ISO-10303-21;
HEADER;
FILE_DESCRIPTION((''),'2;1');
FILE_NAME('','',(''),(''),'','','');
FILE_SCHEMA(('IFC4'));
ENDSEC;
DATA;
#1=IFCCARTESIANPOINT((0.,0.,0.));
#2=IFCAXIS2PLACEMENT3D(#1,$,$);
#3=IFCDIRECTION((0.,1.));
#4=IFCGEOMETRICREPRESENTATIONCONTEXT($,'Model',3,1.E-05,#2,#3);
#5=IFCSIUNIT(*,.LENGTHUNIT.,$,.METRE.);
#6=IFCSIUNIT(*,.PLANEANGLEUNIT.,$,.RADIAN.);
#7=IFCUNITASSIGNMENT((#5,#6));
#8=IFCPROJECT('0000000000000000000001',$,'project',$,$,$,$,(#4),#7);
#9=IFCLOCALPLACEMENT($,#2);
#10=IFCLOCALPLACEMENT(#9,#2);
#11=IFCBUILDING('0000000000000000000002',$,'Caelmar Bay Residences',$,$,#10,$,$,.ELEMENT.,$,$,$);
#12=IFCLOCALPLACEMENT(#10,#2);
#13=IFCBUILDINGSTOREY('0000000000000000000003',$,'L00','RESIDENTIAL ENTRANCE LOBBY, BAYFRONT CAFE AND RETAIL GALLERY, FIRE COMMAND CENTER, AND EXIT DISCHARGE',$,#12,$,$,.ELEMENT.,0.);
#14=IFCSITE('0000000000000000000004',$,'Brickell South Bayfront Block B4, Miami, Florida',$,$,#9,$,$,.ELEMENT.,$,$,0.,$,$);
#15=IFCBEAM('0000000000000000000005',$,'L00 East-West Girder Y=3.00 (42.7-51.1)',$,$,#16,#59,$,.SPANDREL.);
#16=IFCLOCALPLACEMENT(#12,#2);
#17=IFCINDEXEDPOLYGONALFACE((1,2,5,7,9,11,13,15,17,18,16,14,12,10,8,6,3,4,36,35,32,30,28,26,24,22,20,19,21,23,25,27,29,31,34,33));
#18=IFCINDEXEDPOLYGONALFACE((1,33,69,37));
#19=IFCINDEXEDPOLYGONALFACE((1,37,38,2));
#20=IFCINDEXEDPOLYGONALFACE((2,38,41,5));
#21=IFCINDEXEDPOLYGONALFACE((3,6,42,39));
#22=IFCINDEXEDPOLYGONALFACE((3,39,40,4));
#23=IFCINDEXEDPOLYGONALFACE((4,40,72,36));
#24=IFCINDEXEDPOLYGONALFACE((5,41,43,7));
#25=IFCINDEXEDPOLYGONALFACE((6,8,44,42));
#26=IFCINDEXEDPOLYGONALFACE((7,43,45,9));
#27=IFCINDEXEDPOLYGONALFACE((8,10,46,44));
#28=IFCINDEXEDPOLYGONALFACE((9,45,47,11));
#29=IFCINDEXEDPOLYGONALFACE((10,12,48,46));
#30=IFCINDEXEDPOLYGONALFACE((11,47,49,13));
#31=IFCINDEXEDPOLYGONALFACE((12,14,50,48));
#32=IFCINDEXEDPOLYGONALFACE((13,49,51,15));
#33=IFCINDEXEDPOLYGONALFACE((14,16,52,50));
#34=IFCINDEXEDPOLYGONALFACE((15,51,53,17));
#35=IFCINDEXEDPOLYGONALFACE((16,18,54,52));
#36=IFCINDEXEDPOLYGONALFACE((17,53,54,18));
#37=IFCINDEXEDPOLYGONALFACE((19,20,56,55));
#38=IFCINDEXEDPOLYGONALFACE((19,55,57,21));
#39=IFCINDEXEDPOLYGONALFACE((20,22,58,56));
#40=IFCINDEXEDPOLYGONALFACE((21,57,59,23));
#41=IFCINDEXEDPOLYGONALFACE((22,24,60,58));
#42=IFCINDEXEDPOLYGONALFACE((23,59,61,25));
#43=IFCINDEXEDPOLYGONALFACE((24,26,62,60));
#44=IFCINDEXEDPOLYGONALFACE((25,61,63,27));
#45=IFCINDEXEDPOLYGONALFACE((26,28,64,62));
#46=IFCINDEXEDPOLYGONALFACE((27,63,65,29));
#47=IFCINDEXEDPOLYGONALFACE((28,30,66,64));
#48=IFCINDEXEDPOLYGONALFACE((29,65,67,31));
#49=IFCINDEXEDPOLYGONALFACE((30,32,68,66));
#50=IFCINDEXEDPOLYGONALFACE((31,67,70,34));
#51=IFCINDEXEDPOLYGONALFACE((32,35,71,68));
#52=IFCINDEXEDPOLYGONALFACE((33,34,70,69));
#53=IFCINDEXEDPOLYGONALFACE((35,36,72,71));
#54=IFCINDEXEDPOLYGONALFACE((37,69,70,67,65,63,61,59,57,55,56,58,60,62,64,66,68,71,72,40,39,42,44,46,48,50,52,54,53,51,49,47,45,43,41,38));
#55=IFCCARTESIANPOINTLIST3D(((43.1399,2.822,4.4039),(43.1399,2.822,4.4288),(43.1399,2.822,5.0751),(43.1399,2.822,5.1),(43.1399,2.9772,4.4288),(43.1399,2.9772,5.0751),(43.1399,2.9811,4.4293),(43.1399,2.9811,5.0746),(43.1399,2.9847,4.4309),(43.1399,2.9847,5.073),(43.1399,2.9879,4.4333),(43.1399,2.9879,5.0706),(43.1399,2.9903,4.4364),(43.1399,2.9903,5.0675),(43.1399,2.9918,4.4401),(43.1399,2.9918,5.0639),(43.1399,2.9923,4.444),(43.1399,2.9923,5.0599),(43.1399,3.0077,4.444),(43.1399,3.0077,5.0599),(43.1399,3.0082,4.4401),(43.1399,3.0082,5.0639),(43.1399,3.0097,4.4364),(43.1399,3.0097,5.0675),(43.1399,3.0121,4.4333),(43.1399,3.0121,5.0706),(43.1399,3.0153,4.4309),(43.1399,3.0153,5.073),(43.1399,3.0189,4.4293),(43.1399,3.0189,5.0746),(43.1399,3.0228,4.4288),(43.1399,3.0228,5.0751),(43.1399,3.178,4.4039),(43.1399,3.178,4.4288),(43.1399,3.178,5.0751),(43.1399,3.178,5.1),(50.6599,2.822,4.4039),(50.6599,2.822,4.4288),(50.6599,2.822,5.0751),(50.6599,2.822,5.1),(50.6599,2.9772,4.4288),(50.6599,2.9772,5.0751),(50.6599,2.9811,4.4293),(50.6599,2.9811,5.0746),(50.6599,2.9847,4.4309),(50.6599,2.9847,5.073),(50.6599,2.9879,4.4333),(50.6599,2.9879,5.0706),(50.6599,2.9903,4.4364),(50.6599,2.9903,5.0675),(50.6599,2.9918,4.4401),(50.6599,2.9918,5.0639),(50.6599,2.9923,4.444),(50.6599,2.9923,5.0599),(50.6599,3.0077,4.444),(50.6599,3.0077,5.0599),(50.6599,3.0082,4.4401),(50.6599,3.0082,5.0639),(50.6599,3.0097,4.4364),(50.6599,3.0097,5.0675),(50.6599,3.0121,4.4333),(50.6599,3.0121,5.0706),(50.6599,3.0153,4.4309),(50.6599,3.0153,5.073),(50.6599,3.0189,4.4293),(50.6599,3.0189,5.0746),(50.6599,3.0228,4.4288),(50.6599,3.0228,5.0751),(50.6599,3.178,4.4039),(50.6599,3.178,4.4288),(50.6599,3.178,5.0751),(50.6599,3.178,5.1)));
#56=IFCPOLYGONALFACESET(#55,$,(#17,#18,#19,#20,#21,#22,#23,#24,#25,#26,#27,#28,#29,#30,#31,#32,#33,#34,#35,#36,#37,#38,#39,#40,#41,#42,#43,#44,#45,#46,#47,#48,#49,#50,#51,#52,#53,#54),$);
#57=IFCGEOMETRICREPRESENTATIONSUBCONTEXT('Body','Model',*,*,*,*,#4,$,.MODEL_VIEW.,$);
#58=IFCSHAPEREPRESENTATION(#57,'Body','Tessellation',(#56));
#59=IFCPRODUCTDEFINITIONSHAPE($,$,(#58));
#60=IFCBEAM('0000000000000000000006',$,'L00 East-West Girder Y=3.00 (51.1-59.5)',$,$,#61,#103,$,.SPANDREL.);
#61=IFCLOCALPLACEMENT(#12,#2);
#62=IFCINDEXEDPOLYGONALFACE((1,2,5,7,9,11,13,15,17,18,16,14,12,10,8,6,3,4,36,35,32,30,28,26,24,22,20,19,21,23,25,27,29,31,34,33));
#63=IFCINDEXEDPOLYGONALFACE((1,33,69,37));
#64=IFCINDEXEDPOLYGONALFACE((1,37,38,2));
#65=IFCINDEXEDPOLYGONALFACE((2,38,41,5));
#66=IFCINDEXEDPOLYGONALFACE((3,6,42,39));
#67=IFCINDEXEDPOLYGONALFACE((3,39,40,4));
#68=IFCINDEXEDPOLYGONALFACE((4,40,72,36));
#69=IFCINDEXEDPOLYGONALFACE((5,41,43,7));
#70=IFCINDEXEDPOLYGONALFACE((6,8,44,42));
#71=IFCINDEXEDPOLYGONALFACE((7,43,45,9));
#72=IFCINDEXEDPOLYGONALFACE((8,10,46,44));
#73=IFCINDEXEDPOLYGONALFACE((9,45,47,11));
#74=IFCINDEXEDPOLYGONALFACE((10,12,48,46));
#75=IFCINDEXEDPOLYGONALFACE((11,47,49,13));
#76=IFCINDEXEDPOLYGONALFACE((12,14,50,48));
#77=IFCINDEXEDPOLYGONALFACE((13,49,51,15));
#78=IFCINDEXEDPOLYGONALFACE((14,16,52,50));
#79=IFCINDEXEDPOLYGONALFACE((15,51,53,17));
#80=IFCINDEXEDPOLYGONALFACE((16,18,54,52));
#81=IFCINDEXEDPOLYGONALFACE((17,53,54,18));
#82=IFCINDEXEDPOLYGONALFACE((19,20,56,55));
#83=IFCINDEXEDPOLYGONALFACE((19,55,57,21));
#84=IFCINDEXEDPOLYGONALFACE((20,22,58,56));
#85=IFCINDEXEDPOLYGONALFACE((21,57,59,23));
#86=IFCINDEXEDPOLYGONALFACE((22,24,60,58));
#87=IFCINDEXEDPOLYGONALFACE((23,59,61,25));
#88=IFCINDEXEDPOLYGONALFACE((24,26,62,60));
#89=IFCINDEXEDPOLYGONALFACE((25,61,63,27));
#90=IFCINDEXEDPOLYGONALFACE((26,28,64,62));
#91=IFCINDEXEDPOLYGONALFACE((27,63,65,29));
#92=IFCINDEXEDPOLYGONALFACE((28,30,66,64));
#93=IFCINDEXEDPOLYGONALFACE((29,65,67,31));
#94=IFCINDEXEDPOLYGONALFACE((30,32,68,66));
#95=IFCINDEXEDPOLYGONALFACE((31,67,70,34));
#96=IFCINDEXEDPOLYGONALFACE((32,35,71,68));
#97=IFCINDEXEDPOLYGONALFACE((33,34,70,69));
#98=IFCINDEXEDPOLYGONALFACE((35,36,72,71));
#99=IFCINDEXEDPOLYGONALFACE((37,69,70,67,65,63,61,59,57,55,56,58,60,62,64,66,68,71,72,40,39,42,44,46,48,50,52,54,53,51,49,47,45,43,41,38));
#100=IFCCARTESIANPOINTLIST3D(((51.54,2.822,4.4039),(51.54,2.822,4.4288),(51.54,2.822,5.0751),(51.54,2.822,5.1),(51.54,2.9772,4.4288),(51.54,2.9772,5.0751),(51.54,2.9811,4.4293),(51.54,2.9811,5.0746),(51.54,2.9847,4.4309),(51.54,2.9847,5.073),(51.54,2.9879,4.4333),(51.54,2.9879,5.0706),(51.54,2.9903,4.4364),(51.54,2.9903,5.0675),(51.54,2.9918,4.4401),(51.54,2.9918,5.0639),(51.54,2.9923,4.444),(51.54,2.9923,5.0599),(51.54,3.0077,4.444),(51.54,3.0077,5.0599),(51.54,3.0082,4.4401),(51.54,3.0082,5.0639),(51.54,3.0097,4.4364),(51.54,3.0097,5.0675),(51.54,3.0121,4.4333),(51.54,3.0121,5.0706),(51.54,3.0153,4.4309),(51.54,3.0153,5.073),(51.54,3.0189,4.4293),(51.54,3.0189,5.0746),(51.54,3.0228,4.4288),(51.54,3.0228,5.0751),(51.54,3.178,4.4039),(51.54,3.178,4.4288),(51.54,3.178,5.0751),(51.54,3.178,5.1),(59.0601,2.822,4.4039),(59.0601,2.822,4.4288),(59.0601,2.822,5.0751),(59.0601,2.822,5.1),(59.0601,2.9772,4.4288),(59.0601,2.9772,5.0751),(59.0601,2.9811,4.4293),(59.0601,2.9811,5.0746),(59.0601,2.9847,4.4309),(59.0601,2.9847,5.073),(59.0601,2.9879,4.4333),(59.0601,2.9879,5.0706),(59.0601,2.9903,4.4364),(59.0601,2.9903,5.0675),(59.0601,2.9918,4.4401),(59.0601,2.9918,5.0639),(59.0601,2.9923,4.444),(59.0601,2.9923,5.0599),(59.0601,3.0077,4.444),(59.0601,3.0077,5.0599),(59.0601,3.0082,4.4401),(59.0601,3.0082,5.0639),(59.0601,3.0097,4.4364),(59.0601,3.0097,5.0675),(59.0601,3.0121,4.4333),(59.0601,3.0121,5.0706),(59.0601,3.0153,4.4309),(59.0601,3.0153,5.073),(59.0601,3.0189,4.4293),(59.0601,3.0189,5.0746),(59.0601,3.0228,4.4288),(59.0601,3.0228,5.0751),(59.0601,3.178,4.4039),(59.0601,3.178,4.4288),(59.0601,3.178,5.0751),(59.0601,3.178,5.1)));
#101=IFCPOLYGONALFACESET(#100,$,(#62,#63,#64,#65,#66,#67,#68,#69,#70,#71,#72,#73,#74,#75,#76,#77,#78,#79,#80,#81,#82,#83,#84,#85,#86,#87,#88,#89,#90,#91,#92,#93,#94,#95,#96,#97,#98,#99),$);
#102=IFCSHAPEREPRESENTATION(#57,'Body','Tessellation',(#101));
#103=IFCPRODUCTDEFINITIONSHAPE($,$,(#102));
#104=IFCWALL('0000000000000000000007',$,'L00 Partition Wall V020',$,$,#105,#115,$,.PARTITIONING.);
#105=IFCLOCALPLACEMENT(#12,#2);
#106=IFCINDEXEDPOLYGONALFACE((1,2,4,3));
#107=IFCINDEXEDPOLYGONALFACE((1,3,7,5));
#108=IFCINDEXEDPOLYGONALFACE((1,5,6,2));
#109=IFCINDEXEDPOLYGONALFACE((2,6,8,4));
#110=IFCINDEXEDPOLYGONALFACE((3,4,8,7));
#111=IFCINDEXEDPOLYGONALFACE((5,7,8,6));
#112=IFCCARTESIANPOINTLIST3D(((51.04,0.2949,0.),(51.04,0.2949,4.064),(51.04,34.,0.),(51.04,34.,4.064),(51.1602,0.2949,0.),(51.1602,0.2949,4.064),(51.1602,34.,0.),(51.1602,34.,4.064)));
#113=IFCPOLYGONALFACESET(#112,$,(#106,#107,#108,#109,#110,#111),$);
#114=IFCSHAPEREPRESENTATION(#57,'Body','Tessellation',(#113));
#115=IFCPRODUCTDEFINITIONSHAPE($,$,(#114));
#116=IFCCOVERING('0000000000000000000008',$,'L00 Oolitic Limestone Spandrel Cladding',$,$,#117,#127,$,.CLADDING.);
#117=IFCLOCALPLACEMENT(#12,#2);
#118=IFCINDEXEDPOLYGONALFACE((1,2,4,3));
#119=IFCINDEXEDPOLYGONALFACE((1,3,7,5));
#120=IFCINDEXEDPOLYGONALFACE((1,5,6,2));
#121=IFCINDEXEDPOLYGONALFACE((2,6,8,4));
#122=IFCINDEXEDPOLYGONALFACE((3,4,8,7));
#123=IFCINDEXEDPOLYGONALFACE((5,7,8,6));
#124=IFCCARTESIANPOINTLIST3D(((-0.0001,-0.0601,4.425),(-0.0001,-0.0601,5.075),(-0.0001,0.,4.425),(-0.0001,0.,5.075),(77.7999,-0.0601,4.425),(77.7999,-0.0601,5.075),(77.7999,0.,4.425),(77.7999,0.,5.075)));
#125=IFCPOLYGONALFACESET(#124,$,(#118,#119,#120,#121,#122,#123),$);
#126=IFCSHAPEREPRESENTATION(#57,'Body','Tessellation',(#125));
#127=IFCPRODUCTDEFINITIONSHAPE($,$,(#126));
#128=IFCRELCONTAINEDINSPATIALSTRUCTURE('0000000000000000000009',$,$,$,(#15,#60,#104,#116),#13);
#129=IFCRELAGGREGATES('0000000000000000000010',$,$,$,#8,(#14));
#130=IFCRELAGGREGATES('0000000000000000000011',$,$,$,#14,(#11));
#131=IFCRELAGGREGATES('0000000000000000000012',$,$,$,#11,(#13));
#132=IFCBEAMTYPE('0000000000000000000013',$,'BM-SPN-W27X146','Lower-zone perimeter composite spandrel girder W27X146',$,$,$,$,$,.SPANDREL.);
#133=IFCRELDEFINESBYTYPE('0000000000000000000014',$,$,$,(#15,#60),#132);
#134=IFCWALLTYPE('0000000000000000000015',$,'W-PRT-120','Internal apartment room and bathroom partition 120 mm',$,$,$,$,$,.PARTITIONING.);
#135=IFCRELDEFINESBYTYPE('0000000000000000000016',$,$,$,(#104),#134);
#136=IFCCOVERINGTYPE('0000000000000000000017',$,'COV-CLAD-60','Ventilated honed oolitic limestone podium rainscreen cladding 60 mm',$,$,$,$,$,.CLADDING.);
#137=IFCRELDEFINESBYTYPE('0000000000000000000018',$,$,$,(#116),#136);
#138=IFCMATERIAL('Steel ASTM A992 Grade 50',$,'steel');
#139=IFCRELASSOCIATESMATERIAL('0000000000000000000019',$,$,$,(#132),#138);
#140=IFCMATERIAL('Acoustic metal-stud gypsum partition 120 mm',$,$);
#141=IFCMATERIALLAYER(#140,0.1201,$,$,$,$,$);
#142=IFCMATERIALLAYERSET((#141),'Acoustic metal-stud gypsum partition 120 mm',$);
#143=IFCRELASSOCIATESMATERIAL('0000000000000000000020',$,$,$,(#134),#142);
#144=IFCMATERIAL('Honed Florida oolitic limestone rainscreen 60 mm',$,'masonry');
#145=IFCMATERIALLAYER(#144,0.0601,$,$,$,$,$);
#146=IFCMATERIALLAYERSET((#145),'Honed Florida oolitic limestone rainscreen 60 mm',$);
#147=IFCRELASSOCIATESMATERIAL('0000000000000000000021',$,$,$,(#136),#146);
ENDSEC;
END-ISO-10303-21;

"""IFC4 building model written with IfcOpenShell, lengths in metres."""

from ifc_helpers import new_model, si_unit, direction, frame, frame_2d, origin, origin_2d, place, context, subcontext, project, spatial, rectangle, i_section, extrude, material, layer, layer_set, material_profile, profile_set, type_object, element, save


model = new_model("IFC4")

# Units and contexts
model_context = context("Model", 3, precision=1e-05, world=origin(), true_north=direction((0.0, 1.0)))
body_context = subcontext(model_context, "Body", "Model", "MODEL_VIEW")
ifc_project = project(units=[si_unit("LENGTHUNIT", "METRE"), si_unit("PLANEANGLEUNIT", "RADIAN")], contexts=[model_context])

# Site, building, storey
site_placement = place(None, origin())
site = spatial("IfcSite", under=ifc_project, at=site_placement, Name="Brickell South Bayfront Block B4, Miami, Florida", CompositionType="ELEMENT", RefElevation=0.0)
building_placement = place(site_placement, origin())
building = spatial("IfcBuilding", under=site, at=building_placement, Name="Caelmar Bay Residences", CompositionType="ELEMENT")
storey_placement = place(building_placement, origin())
storey = spatial("IfcBuildingStorey", under=building, at=storey_placement, Name="L00", Description="RESIDENTIAL ENTRANCE LOBBY, BAYFRONT CAFE AND RETAIL GALLERY, FIRE COMMAND CENTER, AND EXIT DISCHARGE", CompositionType="ELEMENT", Elevation=0.0)

# Beams
ifc_material_1 = material(Name="Steel ASTM A992 Grade 50", Category="steel")
ifc_material_profile_1 = material_profile(ifc_material_1, i_section(OverallWidth=0.356, OverallDepth=0.696, WebThickness=0.0154, FlangeThickness=0.0249, FilletRadius=0.0151, at=origin_2d()), Name="W27X146")
ifc_profile_set_1 = profile_set([ifc_material_profile_1], Name="Steel ASTM A992 Grade 50")
beam_type_1 = type_object("IfcBeamType", Name="BM-SPN-W27X146", Description="Lower-zone perimeter composite spandrel girder W27X146", PredefinedType="SPANDREL", material=ifc_profile_set_1)
for number, where, z_axis, x_axis, name in (
    (1, (43.1399, 3.0, 4.752), (1.0, 0.0, 0.0), (0.0, 1.0, 0.0), "L00 East-West Girder Y=3.00 (42.7-51.1)"),
    (2, (51.54, 3.0, 4.752), (1.0, 0.0, 0.0), (0.0, 1.0, 0.0), "L00 East-West Girder Y=3.00 (51.1-59.5)"),
):
    element("IfcBeam", number, at=place(storey_placement, frame(where, z_axis=z_axis, x_axis=x_axis)), inside=storey, type_object=beam_type_1, Name=name, PredefinedType="SPANDREL", context=body_context, shape_type="SweptSolid", body=[
        extrude(i_section(OverallWidth=0.356, OverallDepth=0.696, WebThickness=0.0154, FlangeThickness=0.0249, FilletRadius=0.0151, at=origin_2d()), origin(), (0.0, 0.0, 1.0), 7.52),
    ])

# Wall
ifc_material_2 = material(Name="Acoustic metal-stud gypsum partition 120 mm")
ifc_layer_1 = layer(ifc_material_2, 0.1201)
ifc_layer_set_1 = layer_set([ifc_layer_1], Name="Acoustic metal-stud gypsum partition 120 mm")
wall_type = type_object("IfcWallType", Name="W-PRT-120", Description="Internal apartment room and bathroom partition 120 mm", PredefinedType="PARTITIONING", material=ifc_layer_set_1)
wall_placement = place(storey_placement, frame((51.1001, 0.2949, 0.0), z_axis=(0.0, 0.0, 1.0), x_axis=(0.0, 1.0, 0.0)))
element("IfcWall", 3, at=wall_placement, inside=storey, type_object=wall_type, Name="L00 Partition Wall V020", PredefinedType="PARTITIONING", context=body_context, shape_type="SweptSolid", body=[
    extrude(rectangle(XDim=33.7051, YDim=0.1201, at=frame_2d((16.8525, 0.0))), origin(), (0.0, 0.0, 1.0), 4.064),
])

# Covering
ifc_material_3 = material(Name="Honed Florida oolitic limestone rainscreen 60 mm", Category="masonry")
ifc_layer_2 = layer(ifc_material_3, 0.0601)
ifc_layer_set_2 = layer_set([ifc_layer_2], Name="Honed Florida oolitic limestone rainscreen 60 mm")
covering_type = type_object("IfcCoveringType", Name="COV-CLAD-60", Description="Ventilated honed oolitic limestone podium rainscreen cladding 60 mm", PredefinedType="CLADDING", material=ifc_layer_set_2)
covering_placement = place(storey_placement, frame((38.8999, -0.03, 4.425), z_axis=(0.0, 0.0, 1.0), x_axis=(1.0, 0.0, 0.0)))
element("IfcCovering", 4, at=covering_placement, inside=storey, type_object=covering_type, Name="L00 Oolitic Limestone Spandrel Cladding", PredefinedType="CLADDING", context=body_context, shape_type="SweptSolid", body=[
    extrude(rectangle(XDim=77.8, YDim=0.0601, at=origin_2d()), origin(), (0.0, 0.0, 1.0), 0.6499),
])

save(model, "model.ifc")
